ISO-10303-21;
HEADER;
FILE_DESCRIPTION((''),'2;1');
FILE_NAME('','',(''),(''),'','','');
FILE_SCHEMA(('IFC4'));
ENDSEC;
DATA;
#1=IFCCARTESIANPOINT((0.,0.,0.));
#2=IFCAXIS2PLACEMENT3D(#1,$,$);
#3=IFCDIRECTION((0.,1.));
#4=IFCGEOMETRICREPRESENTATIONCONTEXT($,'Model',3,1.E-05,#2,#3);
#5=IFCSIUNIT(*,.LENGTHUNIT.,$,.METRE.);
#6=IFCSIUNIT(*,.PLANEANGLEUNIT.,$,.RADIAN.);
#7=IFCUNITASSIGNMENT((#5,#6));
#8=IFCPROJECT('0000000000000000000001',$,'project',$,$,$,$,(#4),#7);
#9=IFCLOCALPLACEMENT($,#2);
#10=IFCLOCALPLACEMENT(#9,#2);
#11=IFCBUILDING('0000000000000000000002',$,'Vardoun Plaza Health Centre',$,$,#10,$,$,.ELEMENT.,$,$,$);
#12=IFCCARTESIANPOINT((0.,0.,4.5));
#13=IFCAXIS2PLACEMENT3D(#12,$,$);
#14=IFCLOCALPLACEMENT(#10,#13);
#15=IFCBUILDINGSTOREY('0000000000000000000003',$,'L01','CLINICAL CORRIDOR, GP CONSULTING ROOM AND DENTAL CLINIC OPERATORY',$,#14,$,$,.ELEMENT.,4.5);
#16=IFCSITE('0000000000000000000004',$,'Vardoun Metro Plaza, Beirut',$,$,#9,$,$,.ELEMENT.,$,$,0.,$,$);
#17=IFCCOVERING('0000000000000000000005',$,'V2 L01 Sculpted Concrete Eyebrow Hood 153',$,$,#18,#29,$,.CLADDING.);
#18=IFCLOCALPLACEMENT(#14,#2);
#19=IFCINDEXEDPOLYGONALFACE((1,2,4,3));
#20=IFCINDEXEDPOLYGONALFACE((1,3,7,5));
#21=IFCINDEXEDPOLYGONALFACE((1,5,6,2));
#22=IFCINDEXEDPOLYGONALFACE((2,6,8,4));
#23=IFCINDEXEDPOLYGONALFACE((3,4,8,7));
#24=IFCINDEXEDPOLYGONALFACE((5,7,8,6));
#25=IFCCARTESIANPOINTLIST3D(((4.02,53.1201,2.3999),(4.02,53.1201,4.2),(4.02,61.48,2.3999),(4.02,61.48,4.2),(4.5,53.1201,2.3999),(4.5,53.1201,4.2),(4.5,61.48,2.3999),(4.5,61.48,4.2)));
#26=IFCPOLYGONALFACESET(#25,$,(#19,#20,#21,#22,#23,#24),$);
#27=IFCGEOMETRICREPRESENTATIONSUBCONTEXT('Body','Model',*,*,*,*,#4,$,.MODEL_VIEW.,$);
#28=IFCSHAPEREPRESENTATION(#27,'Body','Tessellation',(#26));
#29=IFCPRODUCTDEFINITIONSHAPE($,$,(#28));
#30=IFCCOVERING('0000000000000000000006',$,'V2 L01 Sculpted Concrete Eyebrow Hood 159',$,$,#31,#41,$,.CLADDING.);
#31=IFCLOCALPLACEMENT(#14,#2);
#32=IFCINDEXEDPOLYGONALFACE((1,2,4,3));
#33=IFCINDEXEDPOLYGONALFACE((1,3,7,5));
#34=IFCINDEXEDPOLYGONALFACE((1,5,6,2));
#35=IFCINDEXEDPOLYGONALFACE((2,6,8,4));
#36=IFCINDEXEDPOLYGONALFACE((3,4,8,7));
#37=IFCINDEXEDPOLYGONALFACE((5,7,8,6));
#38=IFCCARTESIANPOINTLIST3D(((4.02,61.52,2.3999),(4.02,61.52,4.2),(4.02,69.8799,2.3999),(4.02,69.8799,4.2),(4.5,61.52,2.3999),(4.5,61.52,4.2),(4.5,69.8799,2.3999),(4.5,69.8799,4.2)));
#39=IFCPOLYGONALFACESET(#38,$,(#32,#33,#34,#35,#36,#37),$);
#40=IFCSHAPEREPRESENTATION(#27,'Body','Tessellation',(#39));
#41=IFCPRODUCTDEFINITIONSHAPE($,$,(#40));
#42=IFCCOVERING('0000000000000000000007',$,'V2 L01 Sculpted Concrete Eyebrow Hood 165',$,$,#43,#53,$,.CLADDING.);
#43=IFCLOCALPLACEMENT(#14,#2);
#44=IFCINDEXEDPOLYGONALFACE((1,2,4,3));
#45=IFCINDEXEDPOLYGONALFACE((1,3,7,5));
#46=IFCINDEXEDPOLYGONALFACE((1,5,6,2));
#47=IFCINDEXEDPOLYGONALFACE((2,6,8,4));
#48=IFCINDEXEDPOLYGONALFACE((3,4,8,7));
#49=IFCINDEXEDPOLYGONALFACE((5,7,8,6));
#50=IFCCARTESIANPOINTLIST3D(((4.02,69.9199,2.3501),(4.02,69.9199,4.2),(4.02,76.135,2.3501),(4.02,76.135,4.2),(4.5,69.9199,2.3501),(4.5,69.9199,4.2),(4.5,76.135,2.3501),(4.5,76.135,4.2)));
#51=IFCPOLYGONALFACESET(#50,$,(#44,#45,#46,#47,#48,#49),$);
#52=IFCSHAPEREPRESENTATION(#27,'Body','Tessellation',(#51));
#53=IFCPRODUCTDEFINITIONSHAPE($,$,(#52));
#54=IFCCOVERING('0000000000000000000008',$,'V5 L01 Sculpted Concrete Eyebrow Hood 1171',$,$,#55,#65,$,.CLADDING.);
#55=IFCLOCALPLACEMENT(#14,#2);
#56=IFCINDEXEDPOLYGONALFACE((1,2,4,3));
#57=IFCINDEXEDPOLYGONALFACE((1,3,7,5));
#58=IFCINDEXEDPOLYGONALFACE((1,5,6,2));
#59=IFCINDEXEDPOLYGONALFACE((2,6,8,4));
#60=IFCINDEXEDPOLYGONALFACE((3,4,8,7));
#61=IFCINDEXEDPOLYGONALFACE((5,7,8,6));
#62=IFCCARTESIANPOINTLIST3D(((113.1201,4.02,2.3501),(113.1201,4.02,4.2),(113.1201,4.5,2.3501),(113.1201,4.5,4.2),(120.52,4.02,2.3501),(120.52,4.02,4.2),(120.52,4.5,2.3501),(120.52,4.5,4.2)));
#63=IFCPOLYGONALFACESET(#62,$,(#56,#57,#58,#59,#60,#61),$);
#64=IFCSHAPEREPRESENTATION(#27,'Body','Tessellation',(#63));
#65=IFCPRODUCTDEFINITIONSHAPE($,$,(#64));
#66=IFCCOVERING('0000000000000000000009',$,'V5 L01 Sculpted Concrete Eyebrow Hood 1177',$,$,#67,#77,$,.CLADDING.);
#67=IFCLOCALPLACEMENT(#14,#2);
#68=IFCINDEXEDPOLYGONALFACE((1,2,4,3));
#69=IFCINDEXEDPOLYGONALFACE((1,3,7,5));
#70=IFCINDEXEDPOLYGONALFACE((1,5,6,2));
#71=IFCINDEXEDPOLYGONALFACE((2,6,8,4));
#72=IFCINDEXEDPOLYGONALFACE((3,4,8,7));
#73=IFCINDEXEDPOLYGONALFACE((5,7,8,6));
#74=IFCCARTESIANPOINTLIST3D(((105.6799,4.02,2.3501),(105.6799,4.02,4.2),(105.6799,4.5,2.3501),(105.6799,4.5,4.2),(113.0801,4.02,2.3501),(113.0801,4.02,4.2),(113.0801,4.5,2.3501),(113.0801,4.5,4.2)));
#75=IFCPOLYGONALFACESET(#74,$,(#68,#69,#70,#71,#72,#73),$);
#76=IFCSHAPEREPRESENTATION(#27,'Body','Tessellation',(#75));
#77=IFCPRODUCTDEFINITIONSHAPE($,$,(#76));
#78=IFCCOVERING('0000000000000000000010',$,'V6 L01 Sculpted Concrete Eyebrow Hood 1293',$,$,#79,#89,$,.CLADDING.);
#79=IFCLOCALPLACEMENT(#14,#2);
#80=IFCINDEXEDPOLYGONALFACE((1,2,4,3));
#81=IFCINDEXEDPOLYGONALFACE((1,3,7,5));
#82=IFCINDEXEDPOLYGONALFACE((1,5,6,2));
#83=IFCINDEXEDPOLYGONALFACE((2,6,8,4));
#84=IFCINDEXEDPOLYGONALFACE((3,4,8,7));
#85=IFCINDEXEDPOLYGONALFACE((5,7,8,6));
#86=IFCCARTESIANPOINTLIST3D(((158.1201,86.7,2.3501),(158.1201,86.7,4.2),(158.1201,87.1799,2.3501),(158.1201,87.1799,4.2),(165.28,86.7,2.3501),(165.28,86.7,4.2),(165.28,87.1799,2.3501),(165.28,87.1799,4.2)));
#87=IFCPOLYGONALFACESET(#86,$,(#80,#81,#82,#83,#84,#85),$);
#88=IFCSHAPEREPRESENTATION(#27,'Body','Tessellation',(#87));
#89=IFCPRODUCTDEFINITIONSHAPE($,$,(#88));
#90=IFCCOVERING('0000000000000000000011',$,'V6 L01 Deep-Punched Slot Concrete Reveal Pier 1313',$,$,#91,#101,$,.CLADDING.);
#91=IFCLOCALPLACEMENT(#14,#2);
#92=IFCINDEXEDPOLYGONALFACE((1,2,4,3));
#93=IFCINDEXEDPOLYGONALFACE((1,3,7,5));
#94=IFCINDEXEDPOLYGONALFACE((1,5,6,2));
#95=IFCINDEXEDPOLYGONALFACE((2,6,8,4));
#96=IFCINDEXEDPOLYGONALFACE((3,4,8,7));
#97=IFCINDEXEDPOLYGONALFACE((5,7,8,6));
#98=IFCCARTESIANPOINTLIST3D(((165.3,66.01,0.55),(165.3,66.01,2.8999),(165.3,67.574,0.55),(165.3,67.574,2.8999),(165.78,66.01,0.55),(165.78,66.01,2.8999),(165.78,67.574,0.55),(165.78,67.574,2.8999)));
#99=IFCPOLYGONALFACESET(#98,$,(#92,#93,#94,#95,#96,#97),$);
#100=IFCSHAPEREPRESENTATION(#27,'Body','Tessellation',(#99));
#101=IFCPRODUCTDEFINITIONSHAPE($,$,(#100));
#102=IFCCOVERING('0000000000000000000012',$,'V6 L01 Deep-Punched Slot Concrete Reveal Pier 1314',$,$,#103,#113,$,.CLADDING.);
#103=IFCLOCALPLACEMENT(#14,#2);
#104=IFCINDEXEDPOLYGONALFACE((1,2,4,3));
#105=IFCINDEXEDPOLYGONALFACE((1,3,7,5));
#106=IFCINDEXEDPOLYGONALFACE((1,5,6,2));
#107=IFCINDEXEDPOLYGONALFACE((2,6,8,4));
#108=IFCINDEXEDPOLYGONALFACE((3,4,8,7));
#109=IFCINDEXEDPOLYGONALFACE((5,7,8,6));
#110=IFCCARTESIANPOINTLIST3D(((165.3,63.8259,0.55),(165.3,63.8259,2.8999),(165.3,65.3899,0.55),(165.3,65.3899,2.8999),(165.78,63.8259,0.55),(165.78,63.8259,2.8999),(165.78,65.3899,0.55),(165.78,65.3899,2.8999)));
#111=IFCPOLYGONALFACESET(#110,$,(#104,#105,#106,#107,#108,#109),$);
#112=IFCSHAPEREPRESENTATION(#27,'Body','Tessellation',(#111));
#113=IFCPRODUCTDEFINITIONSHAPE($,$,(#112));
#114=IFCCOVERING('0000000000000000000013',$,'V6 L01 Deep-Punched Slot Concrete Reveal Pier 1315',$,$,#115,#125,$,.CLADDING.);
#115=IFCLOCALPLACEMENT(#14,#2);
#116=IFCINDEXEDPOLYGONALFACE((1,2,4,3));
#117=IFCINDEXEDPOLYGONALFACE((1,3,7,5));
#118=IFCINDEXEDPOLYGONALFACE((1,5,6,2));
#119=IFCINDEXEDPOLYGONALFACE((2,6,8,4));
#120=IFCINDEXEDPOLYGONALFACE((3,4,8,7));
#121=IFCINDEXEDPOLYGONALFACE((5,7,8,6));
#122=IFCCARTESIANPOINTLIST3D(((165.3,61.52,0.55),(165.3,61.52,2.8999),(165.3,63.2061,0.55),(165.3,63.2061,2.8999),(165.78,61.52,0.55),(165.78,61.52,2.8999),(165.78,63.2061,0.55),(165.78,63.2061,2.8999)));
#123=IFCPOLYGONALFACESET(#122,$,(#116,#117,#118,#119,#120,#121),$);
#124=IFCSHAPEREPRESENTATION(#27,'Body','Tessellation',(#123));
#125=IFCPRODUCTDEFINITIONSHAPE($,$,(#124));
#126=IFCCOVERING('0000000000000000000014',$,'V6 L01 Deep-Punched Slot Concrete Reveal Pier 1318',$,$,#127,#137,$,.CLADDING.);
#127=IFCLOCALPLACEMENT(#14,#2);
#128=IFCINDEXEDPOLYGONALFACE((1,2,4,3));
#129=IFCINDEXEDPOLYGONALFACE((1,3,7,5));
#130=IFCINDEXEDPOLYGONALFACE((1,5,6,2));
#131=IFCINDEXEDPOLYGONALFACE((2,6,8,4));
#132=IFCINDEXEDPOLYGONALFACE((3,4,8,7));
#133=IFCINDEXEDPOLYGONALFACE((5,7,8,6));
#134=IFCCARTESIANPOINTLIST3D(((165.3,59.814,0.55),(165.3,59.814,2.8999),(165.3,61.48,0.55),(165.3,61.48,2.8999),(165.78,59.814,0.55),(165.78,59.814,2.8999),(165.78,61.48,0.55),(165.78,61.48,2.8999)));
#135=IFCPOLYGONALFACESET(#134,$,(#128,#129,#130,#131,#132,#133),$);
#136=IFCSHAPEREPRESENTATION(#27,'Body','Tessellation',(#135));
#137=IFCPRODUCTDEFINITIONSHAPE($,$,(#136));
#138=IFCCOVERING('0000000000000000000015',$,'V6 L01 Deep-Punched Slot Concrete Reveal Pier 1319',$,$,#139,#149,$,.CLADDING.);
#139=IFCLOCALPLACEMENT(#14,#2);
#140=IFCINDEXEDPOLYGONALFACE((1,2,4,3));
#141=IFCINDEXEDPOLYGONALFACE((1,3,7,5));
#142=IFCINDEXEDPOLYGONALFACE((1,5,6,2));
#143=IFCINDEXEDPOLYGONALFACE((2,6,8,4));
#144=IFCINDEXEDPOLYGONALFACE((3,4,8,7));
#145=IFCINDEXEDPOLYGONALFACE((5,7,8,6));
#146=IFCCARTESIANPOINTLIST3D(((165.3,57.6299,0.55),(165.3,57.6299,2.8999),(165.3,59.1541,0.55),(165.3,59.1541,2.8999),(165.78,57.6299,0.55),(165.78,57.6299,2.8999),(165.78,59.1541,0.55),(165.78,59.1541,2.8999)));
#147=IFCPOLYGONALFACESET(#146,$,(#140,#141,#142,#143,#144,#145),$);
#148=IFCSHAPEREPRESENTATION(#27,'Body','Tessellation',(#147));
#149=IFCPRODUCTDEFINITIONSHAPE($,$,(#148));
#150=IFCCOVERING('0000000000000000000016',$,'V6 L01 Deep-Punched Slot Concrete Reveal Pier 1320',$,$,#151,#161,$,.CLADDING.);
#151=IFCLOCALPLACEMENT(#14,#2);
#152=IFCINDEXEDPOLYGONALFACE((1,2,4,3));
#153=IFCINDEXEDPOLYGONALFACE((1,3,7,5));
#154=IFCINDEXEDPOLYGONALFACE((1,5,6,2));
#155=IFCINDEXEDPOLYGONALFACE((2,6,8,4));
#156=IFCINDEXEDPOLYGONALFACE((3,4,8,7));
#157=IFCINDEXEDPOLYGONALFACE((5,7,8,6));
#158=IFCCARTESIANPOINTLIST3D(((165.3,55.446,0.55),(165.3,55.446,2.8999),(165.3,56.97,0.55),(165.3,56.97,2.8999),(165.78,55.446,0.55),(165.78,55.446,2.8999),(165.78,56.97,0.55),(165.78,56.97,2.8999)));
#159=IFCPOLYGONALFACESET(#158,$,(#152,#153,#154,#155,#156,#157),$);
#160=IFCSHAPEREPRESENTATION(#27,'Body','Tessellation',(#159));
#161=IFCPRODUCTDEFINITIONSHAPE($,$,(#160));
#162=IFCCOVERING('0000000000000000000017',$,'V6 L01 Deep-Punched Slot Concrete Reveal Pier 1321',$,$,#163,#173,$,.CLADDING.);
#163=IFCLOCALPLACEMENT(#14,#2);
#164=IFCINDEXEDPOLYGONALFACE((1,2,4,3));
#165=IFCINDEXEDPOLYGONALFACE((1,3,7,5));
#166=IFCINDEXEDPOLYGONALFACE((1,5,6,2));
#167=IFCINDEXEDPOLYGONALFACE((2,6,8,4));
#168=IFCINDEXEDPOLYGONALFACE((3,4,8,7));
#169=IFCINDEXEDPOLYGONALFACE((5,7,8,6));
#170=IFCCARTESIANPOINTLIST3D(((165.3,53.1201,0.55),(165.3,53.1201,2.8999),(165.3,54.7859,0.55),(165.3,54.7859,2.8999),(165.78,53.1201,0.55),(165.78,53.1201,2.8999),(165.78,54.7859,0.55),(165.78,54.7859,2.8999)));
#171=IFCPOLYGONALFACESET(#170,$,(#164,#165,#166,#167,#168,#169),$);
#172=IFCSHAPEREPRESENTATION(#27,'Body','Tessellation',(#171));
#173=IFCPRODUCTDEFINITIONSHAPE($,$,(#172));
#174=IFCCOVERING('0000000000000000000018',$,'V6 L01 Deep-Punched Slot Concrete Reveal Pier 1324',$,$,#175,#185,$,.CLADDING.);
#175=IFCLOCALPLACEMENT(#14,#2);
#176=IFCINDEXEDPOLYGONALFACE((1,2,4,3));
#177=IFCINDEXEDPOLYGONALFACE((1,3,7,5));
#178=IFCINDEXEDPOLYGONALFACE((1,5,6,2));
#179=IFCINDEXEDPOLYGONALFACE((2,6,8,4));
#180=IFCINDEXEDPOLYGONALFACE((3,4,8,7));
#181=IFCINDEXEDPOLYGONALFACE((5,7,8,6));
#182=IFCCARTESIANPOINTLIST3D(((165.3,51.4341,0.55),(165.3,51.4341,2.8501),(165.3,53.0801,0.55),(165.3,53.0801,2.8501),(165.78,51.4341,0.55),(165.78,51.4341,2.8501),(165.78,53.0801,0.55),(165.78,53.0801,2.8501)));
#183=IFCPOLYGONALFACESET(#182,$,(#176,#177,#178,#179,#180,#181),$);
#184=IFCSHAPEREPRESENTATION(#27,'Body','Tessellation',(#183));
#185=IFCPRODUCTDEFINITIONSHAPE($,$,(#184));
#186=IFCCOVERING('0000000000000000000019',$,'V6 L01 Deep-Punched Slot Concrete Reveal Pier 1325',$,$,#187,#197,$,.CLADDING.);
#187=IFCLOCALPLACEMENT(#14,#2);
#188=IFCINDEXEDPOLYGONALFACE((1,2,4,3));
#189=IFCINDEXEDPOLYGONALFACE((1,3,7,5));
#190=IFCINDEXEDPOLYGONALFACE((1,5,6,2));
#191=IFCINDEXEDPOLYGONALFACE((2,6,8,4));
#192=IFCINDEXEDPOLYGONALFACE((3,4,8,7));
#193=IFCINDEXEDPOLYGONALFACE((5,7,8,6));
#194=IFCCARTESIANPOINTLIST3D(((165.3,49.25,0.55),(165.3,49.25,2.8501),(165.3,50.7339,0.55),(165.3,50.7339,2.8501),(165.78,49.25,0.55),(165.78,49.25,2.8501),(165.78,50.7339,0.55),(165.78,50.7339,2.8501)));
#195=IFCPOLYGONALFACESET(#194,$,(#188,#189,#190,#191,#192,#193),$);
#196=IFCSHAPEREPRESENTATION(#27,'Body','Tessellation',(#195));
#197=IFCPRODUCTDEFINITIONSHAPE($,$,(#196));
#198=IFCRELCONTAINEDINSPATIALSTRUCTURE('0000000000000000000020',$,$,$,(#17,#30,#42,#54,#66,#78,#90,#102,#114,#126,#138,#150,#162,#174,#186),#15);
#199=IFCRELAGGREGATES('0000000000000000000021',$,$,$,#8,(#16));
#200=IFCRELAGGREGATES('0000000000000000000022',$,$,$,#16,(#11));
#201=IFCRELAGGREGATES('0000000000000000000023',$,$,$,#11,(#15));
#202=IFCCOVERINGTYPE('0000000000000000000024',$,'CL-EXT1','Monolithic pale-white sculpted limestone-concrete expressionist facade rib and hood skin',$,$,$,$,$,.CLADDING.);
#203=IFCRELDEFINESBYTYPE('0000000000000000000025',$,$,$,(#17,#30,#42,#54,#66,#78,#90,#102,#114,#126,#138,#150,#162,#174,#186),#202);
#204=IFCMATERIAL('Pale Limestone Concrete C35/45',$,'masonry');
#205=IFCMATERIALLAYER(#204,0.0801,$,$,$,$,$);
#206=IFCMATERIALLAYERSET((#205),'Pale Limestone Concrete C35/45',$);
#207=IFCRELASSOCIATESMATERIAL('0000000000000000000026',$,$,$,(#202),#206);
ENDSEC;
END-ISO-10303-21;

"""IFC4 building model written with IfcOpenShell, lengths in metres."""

from ifc_helpers import new_model, si_unit, direction, frame, origin, place, context, subcontext, project, spatial, polyline, outline, extrude, material, layer, layer_set, type_object, element, save


model = new_model("IFC4")

# Units and contexts
model_context = context("Model", 3, precision=1e-05, world=origin(), true_north=direction((0.0, 1.0)))
body_context = subcontext(model_context, "Body", "Model", "MODEL_VIEW")
ifc_project = project(units=[si_unit("LENGTHUNIT", "METRE"), si_unit("PLANEANGLEUNIT", "RADIAN")], contexts=[model_context])

# Site, building, storey
site_placement = place(None, origin())
site = spatial("IfcSite", under=ifc_project, at=site_placement, Name="Vardoun Metro Plaza, Beirut", CompositionType="ELEMENT", RefElevation=0.0)
building_placement = place(site_placement, origin())
building = spatial("IfcBuilding", under=site, at=building_placement, Name="Vardoun Plaza Health Centre", CompositionType="ELEMENT")
storey_placement = place(building_placement, frame((0.0, 0.0, 4.5)))
storey = spatial("IfcBuildingStorey", under=building, at=storey_placement, Name="L01", Description="CLINICAL CORRIDOR, GP CONSULTING ROOM AND DENTAL CLINIC OPERATORY", CompositionType="ELEMENT", Elevation=4.5)

# Coverings
ifc_material = material(Name="Pale Limestone Concrete C35/45", Category="masonry")
ifc_layer = layer(ifc_material, 0.0801)
ifc_layer_set = layer_set([ifc_layer], Name="Pale Limestone Concrete C35/45")
covering_type = type_object("IfcCoveringType", Name="CL-EXT1", Description="Monolithic pale-white sculpted limestone-concrete expressionist facade rib and hood skin", PredefinedType="CLADDING", material=ifc_layer_set)
covering_1_placement = place(storey_placement, frame((0.0, 0.0, 2.3999)))
element("IfcCovering", 1, at=covering_1_placement, inside=storey, type_object=covering_type, Name="V2 L01 Sculpted Concrete Eyebrow Hood 153", PredefinedType="CLADDING", context=body_context, shape_type="SweptSolid", body=[
    extrude(outline(polyline([(4.5, 53.1201), (4.5, 61.48), (4.02, 61.48), (4.02, 53.1201), (4.5, 53.1201)])), origin(), (0.0, 0.0, 1.0), 1.8),
])
covering_2_placement = place(storey_placement, frame((0.0, 0.0, 2.3999)))
element("IfcCovering", 2, at=covering_2_placement, inside=storey, type_object=covering_type, Name="V2 L01 Sculpted Concrete Eyebrow Hood 159", PredefinedType="CLADDING", context=body_context, shape_type="SweptSolid", body=[
    extrude(outline(polyline([(4.5, 61.52), (4.5, 69.8799), (4.02, 69.8799), (4.02, 61.52), (4.5, 61.52)])), origin(), (0.0, 0.0, 1.0), 1.8),
])
covering_3_placement = place(storey_placement, frame((0.0, 0.0, 2.3501)))
element("IfcCovering", 3, at=covering_3_placement, inside=storey, type_object=covering_type, Name="V2 L01 Sculpted Concrete Eyebrow Hood 165", PredefinedType="CLADDING", context=body_context, shape_type="SweptSolid", body=[
    extrude(outline(polyline([(4.5, 69.9199), (4.5, 76.135), (4.02, 76.135), (4.02, 69.9199), (4.5, 69.9199)])), origin(), (0.0, 0.0, 1.0), 1.8499),
])
covering_4_placement = place(storey_placement, frame((0.0, 0.0, 2.3501)))
element("IfcCovering", 4, at=covering_4_placement, inside=storey, type_object=covering_type, Name="V5 L01 Sculpted Concrete Eyebrow Hood 1171", PredefinedType="CLADDING", context=body_context, shape_type="SweptSolid", body=[
    extrude(outline(polyline([(120.52, 4.5), (113.1201, 4.5), (113.1201, 4.02), (120.52, 4.02), (120.52, 4.5)])), origin(), (0.0, 0.0, 1.0), 1.8499),
])
covering_5_placement = place(storey_placement, frame((0.0, 0.0, 2.3501)))
element("IfcCovering", 5, at=covering_5_placement, inside=storey, type_object=covering_type, Name="V5 L01 Sculpted Concrete Eyebrow Hood 1177", PredefinedType="CLADDING", context=body_context, shape_type="SweptSolid", body=[
    extrude(outline(polyline([(113.0801, 4.5), (105.6799, 4.5), (105.6799, 4.02), (113.0801, 4.02), (113.0801, 4.5)])), origin(), (0.0, 0.0, 1.0), 1.8499),
])
covering_6_placement = place(storey_placement, frame((0.0, 0.0, 2.3501)))
element("IfcCovering", 6, at=covering_6_placement, inside=storey, type_object=covering_type, Name="V6 L01 Sculpted Concrete Eyebrow Hood 1293", PredefinedType="CLADDING", context=body_context, shape_type="SweptSolid", body=[
    extrude(outline(polyline([(158.1201, 86.7), (165.28, 86.7), (165.28, 87.1799), (158.1201, 87.1799), (158.1201, 86.7)])), origin(), (0.0, 0.0, 1.0), 1.8499),
])
covering_7_placement = place(storey_placement, frame((0.0, 0.0, 0.55)))
element("IfcCovering", 7, at=covering_7_placement, inside=storey, type_object=covering_type, Name="V6 L01 Deep-Punched Slot Concrete Reveal Pier 1313", PredefinedType="CLADDING", context=body_context, shape_type="SweptSolid", body=[
    extrude(outline(polyline([(165.3, 67.574), (165.3, 66.01), (165.78, 66.01), (165.78, 67.574), (165.3, 67.574)])), origin(), (0.0, 0.0, 1.0), 2.3499),
])
covering_8_placement = place(storey_placement, frame((0.0, 0.0, 0.55)))
element("IfcCovering", 8, at=covering_8_placement, inside=storey, type_object=covering_type, Name="V6 L01 Deep-Punched Slot Concrete Reveal Pier 1314", PredefinedType="CLADDING", context=body_context, shape_type="SweptSolid", body=[
    extrude(outline(polyline([(165.3, 65.3899), (165.3, 63.8259), (165.78, 63.8259), (165.78, 65.3899), (165.3, 65.3899)])), origin(), (0.0, 0.0, 1.0), 2.3499),
])
covering_9_placement = place(storey_placement, frame((0.0, 0.0, 0.55)))
element("IfcCovering", 9, at=covering_9_placement, inside=storey, type_object=covering_type, Name="V6 L01 Deep-Punched Slot Concrete Reveal Pier 1315", PredefinedType="CLADDING", context=body_context, shape_type="SweptSolid", body=[
    extrude(outline(polyline([(165.3, 63.2061), (165.3, 61.52), (165.78, 61.52), (165.78, 63.2061), (165.3, 63.2061)])), origin(), (0.0, 0.0, 1.0), 2.3499),
])
covering_10_placement = place(storey_placement, frame((0.0, 0.0, 0.55)))
element("IfcCovering", 10, at=covering_10_placement, inside=storey, type_object=covering_type, Name="V6 L01 Deep-Punched Slot Concrete Reveal Pier 1318", PredefinedType="CLADDING", context=body_context, shape_type="SweptSolid", body=[
    extrude(outline(polyline([(165.3, 61.48), (165.3, 59.814), (165.78, 59.814), (165.78, 61.48), (165.3, 61.48)])), origin(), (0.0, 0.0, 1.0), 2.3499),
])
covering_11_placement = place(storey_placement, frame((0.0, 0.0, 0.55)))
element("IfcCovering", 11, at=covering_11_placement, inside=storey, type_object=covering_type, Name="V6 L01 Deep-Punched Slot Concrete Reveal Pier 1319", PredefinedType="CLADDING", context=body_context, shape_type="SweptSolid", body=[
    extrude(outline(polyline([(165.3, 59.1541), (165.3, 57.6299), (165.78, 57.6299), (165.78, 59.1541), (165.3, 59.1541)])), origin(), (0.0, 0.0, 1.0), 2.3499),
])
covering_12_placement = place(storey_placement, frame((0.0, 0.0, 0.55)))
element("IfcCovering", 12, at=covering_12_placement, inside=storey, type_object=covering_type, Name="V6 L01 Deep-Punched Slot Concrete Reveal Pier 1320", PredefinedType="CLADDING", context=body_context, shape_type="SweptSolid", body=[
    extrude(outline(polyline([(165.3, 56.97), (165.3, 55.446), (165.78, 55.446), (165.78, 56.97), (165.3, 56.97)])), origin(), (0.0, 0.0, 1.0), 2.3499),
])
covering_13_placement = place(storey_placement, frame((0.0, 0.0, 0.55)))
element("IfcCovering", 13, at=covering_13_placement, inside=storey, type_object=covering_type, Name="V6 L01 Deep-Punched Slot Concrete Reveal Pier 1321", PredefinedType="CLADDING", context=body_context, shape_type="SweptSolid", body=[
    extrude(outline(polyline([(165.3, 54.7859), (165.3, 53.1201), (165.78, 53.1201), (165.78, 54.7859), (165.3, 54.7859)])), origin(), (0.0, 0.0, 1.0), 2.3499),
])
covering_14_placement = place(storey_placement, frame((0.0, 0.0, 0.55)))
element("IfcCovering", 14, at=covering_14_placement, inside=storey, type_object=covering_type, Name="V6 L01 Deep-Punched Slot Concrete Reveal Pier 1324", PredefinedType="CLADDING", context=body_context, shape_type="SweptSolid", body=[
    extrude(outline(polyline([(165.3, 53.0801), (165.3, 51.4341), (165.78, 51.4341), (165.78, 53.0801), (165.3, 53.0801)])), origin(), (0.0, 0.0, 1.0), 2.3),
])
covering_15_placement = place(storey_placement, frame((0.0, 0.0, 0.55)))
element("IfcCovering", 15, at=covering_15_placement, inside=storey, type_object=covering_type, Name="V6 L01 Deep-Punched Slot Concrete Reveal Pier 1325", PredefinedType="CLADDING", context=body_context, shape_type="SweptSolid", body=[
    extrude(outline(polyline([(165.3, 50.7339), (165.3, 49.25), (165.78, 49.25), (165.78, 50.7339), (165.3, 50.7339)])), origin(), (0.0, 0.0, 1.0), 2.3),
])

save(model, "model.ifc")
